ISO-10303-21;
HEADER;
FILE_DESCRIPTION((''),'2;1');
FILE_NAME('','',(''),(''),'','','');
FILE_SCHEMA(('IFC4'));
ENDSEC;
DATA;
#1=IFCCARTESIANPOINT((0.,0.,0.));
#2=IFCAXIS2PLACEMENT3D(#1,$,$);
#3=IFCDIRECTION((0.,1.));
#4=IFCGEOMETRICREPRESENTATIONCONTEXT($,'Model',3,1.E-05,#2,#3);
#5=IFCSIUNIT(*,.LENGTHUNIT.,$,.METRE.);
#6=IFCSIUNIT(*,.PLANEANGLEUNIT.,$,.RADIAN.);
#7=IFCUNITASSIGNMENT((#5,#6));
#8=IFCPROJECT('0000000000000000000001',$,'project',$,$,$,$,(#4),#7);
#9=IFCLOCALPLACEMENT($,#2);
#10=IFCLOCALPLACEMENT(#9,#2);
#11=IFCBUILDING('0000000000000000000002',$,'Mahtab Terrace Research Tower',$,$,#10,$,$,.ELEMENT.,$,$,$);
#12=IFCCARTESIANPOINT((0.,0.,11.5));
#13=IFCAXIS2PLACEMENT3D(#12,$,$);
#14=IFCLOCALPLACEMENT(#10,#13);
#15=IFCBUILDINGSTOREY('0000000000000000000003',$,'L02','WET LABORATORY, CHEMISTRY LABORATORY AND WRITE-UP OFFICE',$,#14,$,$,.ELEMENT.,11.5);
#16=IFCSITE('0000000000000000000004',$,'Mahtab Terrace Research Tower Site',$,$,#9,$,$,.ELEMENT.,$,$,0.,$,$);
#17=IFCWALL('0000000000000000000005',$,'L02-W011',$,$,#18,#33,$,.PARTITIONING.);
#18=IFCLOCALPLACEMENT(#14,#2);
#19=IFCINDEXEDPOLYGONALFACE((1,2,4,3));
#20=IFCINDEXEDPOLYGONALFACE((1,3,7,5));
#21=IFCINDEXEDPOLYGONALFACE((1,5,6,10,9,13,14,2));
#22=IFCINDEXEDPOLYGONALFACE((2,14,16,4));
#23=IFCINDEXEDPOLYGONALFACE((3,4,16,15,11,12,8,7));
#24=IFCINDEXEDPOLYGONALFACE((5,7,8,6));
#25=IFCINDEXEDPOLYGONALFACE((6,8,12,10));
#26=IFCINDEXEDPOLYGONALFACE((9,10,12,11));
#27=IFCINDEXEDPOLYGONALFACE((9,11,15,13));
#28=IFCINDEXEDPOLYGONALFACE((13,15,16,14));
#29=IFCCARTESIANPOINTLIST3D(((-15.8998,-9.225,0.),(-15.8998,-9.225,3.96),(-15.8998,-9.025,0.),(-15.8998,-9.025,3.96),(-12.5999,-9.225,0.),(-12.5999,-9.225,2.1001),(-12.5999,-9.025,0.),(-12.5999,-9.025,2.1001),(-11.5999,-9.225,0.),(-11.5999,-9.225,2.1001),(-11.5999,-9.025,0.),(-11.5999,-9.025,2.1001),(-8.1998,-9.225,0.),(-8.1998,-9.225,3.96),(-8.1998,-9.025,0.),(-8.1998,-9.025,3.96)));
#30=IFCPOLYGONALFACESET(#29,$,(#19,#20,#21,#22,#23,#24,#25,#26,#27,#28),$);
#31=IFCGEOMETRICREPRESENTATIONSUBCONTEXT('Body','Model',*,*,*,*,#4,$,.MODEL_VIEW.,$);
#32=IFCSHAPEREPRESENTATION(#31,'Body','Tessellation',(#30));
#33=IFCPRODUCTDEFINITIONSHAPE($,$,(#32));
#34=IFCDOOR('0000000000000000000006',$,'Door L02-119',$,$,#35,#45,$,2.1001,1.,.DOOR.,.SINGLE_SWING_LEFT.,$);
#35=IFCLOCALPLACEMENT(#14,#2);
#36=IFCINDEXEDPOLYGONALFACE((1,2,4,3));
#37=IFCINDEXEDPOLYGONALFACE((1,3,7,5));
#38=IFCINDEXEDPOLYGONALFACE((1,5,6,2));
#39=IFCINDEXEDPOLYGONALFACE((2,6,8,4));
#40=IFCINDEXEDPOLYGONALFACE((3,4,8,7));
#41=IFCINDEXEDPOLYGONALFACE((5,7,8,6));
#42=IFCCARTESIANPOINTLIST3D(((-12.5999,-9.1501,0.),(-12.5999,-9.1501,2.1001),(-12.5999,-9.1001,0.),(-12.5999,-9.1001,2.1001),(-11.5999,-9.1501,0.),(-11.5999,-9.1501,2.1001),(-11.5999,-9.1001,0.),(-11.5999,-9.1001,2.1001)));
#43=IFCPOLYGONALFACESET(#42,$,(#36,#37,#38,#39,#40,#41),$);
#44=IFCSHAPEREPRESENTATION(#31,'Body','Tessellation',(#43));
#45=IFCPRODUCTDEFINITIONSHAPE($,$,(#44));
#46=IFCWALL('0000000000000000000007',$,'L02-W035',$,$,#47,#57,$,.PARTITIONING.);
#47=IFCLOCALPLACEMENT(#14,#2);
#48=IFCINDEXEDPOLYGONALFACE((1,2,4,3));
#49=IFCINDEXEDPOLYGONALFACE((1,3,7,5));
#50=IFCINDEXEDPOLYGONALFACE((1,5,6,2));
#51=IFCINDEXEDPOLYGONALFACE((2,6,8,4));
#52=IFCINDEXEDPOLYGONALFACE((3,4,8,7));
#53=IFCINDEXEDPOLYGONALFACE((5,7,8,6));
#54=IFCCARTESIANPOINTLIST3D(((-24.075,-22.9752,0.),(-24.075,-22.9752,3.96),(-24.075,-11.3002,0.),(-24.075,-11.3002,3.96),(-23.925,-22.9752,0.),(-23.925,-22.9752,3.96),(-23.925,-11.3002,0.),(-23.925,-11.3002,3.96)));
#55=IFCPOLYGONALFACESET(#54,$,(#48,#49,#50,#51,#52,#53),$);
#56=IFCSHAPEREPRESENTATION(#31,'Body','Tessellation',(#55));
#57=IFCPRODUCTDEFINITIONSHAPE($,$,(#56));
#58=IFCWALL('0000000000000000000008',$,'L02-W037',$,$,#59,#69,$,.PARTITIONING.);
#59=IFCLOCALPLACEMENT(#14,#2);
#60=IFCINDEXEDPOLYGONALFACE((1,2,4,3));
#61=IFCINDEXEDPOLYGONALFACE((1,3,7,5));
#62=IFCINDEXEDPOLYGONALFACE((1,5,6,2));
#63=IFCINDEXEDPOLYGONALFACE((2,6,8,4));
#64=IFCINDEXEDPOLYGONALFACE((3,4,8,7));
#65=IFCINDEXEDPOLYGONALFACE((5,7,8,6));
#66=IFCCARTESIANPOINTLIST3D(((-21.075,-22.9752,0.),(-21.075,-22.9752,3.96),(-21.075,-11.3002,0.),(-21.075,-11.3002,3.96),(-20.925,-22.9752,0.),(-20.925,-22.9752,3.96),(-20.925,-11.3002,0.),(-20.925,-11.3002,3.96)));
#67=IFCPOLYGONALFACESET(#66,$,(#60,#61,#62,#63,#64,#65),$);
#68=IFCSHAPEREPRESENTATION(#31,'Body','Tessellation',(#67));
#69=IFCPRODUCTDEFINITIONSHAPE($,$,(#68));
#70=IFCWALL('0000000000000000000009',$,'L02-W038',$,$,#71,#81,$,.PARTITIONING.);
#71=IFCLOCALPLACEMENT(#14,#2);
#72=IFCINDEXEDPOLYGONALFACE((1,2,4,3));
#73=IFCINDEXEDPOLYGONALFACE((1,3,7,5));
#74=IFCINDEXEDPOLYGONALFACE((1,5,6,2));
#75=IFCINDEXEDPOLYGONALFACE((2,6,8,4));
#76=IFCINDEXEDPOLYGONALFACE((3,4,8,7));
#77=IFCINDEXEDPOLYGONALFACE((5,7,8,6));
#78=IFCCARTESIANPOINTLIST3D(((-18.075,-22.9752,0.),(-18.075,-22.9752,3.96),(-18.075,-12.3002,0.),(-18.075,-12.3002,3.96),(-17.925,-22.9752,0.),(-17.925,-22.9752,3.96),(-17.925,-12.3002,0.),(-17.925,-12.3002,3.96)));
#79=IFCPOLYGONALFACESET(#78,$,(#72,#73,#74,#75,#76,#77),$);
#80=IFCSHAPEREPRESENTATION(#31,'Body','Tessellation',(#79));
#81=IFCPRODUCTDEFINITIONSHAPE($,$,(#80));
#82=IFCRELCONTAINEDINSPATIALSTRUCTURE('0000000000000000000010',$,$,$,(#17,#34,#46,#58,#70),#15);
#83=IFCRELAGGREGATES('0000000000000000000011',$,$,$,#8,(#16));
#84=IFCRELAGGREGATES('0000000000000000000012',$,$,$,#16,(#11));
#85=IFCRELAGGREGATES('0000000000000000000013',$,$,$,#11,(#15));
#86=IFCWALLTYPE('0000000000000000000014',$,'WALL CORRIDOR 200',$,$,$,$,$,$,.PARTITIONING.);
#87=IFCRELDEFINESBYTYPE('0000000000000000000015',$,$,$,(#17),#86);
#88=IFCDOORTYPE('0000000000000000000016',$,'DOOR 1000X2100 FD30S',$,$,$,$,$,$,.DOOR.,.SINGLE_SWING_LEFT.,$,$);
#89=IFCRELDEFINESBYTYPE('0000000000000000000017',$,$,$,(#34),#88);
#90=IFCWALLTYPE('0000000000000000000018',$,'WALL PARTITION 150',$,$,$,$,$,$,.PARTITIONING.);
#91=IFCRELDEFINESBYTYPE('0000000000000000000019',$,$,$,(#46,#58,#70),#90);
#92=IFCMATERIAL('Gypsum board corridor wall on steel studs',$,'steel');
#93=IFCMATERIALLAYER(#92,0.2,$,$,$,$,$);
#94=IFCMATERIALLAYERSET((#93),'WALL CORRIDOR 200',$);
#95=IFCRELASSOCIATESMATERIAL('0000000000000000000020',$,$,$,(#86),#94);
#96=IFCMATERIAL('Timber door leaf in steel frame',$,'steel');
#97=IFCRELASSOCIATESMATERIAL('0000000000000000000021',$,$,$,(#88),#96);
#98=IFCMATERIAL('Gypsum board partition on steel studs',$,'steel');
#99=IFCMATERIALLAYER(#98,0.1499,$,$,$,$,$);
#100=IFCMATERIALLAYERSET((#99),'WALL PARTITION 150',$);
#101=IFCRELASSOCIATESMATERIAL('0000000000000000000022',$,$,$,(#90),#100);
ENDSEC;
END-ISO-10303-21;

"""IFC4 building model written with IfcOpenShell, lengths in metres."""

from ifc_helpers import new_model, si_unit, direction, frame, frame_2d, origin, place, context, subcontext, project, spatial, rectangle, extrude, material, layer, layer_set, type_object, element, fill, save


model = new_model("IFC4")

# Units and contexts
model_context = context("Model", 3, precision=1e-05, world=origin(), true_north=direction((0.0, 1.0)))
body_context = subcontext(model_context, "Body", "Model", "MODEL_VIEW")
ifc_project = project(units=[si_unit("LENGTHUNIT", "METRE"), si_unit("PLANEANGLEUNIT", "RADIAN")], contexts=[model_context])

# Site, building, storey
site_placement = place(None, origin())
site = spatial("IfcSite", under=ifc_project, at=site_placement, Name="Mahtab Terrace Research Tower Site", CompositionType="ELEMENT", RefElevation=0.0)
building_placement = place(site_placement, origin())
building = spatial("IfcBuilding", under=site, at=building_placement, Name="Mahtab Terrace Research Tower", CompositionType="ELEMENT")
storey_placement = place(building_placement, frame((0.0, 0.0, 11.5)))
storey = spatial("IfcBuildingStorey", under=building, at=storey_placement, Name="L02", Description="WET LABORATORY, CHEMISTRY LABORATORY AND WRITE-UP OFFICE", CompositionType="ELEMENT", Elevation=11.5)

# Shared definitions
ifc_material_1 = material(Name="Gypsum board corridor wall on steel studs", Category="steel")
ifc_layer_1 = layer(ifc_material_1, 0.2)
ifc_layer_set_1 = layer_set([ifc_layer_1], Name="WALL CORRIDOR 200")
wall_type_1 = type_object("IfcWallType", Name="WALL CORRIDOR 200", PredefinedType="PARTITIONING", material=ifc_layer_set_1)
ifc_material_2 = material(Name="Timber door leaf in steel frame", Category="steel")
door_type_1 = type_object("IfcDoorType", Name="DOOR 1000X2100 FD30S", OperationType="SINGLE_SWING_LEFT", PredefinedType="DOOR", material=ifc_material_2)

# Wall, opening, door
wall_1_placement = place(storey_placement, frame((-15.8999, -9.125, 0.0), z_axis=(0.0, 0.0, 1.0), x_axis=(1.0, 0.0, 0.0)))
wall_1 = element("IfcWall", 1, at=wall_1_placement, inside=storey, type_object=wall_type_1, Name="L02-W011", PredefinedType="PARTITIONING", context=body_context, shape_type="SweptSolid", body=[
    extrude(rectangle(XDim=7.7, YDim=0.2, at=frame_2d((3.8501, 0.0))), origin(), (0.0, 0.0, 1.0), 3.96),
])
opening_1_placement = place(wall_1_placement, frame((3.3, 0.0, 0.0)))
opening_1 = element("IfcOpeningElement", 2, at=opening_1_placement, cuts=wall_1, PredefinedType="OPENING", context=body_context, shape_type="SweptSolid", body=[
    extrude(rectangle(XDim=1.0, YDim=2.1001, at=frame_2d((0.5, 1.05))), frame((0.0, 0.1099, 0.0), z_axis=(0.0, -1.0, 0.0), x_axis=(1.0, 0.0, 0.0)), (0.0, 0.0, 1.0), 0.22),
])
door_1_placement = place(opening_1_placement, origin())
door_1 = element("IfcDoor", 3, at=door_1_placement, inside=storey, type_object=door_type_1, Name="Door L02-119", OperationType="SINGLE_SWING_LEFT", OverallHeight=2.1001, OverallWidth=1.0, PredefinedType="DOOR", context=body_context, shape_type="SweptSolid", body=[
    extrude(rectangle(XDim=1.0, YDim=2.1001, at=frame_2d((0.5, 1.05))), frame((0.0, 0.0249, 0.0), z_axis=(0.0, -1.0, 0.0), x_axis=(1.0, 0.0, 0.0)), (0.0, 0.0, 1.0), 0.05),
])
fill(opening_1, door_1)

# Walls
ifc_material_3 = material(Name="Gypsum board partition on steel studs", Category="steel")
ifc_layer_2 = layer(ifc_material_3, 0.1499)
ifc_layer_set_2 = layer_set([ifc_layer_2], Name="WALL PARTITION 150")
wall_type_2 = type_object("IfcWallType", Name="WALL PARTITION 150", PredefinedType="PARTITIONING", material=ifc_layer_set_2)
for number, where, z_axis, x_axis, name in (
    (4, (-24.0, -22.9751, 0.0), (0.0, 0.0, 1.0), (0.0, 1.0, 0.0), "L02-W035"),
    (5, (-21.0, -22.9751, 0.0), (0.0, 0.0, 1.0), (0.0, 1.0, 0.0), "L02-W037"),
):
    element("IfcWall", number, at=place(storey_placement, frame(where, z_axis=z_axis, x_axis=x_axis)), inside=storey, type_object=wall_type_2, Name=name, PredefinedType="PARTITIONING", context=body_context, shape_type="SweptSolid", body=[
        extrude(rectangle(XDim=11.675, YDim=0.1499, at=frame_2d((5.8374, 0.0))), origin(), (0.0, 0.0, 1.0), 3.96),
    ])
wall_2_placement = place(storey_placement, frame((-18.0, -22.9751, 0.0), z_axis=(0.0, 0.0, 1.0), x_axis=(0.0, 1.0, 0.0)))
element("IfcWall", 6, at=wall_2_placement, inside=storey, type_object=wall_type_2, Name="L02-W038", PredefinedType="PARTITIONING", context=body_context, shape_type="SweptSolid", body=[
    extrude(rectangle(XDim=10.675, YDim=0.1499, at=frame_2d((5.3374, 0.0))), origin(), (0.0, 0.0, 1.0), 3.96),
])

save(model, "model.ifc")
